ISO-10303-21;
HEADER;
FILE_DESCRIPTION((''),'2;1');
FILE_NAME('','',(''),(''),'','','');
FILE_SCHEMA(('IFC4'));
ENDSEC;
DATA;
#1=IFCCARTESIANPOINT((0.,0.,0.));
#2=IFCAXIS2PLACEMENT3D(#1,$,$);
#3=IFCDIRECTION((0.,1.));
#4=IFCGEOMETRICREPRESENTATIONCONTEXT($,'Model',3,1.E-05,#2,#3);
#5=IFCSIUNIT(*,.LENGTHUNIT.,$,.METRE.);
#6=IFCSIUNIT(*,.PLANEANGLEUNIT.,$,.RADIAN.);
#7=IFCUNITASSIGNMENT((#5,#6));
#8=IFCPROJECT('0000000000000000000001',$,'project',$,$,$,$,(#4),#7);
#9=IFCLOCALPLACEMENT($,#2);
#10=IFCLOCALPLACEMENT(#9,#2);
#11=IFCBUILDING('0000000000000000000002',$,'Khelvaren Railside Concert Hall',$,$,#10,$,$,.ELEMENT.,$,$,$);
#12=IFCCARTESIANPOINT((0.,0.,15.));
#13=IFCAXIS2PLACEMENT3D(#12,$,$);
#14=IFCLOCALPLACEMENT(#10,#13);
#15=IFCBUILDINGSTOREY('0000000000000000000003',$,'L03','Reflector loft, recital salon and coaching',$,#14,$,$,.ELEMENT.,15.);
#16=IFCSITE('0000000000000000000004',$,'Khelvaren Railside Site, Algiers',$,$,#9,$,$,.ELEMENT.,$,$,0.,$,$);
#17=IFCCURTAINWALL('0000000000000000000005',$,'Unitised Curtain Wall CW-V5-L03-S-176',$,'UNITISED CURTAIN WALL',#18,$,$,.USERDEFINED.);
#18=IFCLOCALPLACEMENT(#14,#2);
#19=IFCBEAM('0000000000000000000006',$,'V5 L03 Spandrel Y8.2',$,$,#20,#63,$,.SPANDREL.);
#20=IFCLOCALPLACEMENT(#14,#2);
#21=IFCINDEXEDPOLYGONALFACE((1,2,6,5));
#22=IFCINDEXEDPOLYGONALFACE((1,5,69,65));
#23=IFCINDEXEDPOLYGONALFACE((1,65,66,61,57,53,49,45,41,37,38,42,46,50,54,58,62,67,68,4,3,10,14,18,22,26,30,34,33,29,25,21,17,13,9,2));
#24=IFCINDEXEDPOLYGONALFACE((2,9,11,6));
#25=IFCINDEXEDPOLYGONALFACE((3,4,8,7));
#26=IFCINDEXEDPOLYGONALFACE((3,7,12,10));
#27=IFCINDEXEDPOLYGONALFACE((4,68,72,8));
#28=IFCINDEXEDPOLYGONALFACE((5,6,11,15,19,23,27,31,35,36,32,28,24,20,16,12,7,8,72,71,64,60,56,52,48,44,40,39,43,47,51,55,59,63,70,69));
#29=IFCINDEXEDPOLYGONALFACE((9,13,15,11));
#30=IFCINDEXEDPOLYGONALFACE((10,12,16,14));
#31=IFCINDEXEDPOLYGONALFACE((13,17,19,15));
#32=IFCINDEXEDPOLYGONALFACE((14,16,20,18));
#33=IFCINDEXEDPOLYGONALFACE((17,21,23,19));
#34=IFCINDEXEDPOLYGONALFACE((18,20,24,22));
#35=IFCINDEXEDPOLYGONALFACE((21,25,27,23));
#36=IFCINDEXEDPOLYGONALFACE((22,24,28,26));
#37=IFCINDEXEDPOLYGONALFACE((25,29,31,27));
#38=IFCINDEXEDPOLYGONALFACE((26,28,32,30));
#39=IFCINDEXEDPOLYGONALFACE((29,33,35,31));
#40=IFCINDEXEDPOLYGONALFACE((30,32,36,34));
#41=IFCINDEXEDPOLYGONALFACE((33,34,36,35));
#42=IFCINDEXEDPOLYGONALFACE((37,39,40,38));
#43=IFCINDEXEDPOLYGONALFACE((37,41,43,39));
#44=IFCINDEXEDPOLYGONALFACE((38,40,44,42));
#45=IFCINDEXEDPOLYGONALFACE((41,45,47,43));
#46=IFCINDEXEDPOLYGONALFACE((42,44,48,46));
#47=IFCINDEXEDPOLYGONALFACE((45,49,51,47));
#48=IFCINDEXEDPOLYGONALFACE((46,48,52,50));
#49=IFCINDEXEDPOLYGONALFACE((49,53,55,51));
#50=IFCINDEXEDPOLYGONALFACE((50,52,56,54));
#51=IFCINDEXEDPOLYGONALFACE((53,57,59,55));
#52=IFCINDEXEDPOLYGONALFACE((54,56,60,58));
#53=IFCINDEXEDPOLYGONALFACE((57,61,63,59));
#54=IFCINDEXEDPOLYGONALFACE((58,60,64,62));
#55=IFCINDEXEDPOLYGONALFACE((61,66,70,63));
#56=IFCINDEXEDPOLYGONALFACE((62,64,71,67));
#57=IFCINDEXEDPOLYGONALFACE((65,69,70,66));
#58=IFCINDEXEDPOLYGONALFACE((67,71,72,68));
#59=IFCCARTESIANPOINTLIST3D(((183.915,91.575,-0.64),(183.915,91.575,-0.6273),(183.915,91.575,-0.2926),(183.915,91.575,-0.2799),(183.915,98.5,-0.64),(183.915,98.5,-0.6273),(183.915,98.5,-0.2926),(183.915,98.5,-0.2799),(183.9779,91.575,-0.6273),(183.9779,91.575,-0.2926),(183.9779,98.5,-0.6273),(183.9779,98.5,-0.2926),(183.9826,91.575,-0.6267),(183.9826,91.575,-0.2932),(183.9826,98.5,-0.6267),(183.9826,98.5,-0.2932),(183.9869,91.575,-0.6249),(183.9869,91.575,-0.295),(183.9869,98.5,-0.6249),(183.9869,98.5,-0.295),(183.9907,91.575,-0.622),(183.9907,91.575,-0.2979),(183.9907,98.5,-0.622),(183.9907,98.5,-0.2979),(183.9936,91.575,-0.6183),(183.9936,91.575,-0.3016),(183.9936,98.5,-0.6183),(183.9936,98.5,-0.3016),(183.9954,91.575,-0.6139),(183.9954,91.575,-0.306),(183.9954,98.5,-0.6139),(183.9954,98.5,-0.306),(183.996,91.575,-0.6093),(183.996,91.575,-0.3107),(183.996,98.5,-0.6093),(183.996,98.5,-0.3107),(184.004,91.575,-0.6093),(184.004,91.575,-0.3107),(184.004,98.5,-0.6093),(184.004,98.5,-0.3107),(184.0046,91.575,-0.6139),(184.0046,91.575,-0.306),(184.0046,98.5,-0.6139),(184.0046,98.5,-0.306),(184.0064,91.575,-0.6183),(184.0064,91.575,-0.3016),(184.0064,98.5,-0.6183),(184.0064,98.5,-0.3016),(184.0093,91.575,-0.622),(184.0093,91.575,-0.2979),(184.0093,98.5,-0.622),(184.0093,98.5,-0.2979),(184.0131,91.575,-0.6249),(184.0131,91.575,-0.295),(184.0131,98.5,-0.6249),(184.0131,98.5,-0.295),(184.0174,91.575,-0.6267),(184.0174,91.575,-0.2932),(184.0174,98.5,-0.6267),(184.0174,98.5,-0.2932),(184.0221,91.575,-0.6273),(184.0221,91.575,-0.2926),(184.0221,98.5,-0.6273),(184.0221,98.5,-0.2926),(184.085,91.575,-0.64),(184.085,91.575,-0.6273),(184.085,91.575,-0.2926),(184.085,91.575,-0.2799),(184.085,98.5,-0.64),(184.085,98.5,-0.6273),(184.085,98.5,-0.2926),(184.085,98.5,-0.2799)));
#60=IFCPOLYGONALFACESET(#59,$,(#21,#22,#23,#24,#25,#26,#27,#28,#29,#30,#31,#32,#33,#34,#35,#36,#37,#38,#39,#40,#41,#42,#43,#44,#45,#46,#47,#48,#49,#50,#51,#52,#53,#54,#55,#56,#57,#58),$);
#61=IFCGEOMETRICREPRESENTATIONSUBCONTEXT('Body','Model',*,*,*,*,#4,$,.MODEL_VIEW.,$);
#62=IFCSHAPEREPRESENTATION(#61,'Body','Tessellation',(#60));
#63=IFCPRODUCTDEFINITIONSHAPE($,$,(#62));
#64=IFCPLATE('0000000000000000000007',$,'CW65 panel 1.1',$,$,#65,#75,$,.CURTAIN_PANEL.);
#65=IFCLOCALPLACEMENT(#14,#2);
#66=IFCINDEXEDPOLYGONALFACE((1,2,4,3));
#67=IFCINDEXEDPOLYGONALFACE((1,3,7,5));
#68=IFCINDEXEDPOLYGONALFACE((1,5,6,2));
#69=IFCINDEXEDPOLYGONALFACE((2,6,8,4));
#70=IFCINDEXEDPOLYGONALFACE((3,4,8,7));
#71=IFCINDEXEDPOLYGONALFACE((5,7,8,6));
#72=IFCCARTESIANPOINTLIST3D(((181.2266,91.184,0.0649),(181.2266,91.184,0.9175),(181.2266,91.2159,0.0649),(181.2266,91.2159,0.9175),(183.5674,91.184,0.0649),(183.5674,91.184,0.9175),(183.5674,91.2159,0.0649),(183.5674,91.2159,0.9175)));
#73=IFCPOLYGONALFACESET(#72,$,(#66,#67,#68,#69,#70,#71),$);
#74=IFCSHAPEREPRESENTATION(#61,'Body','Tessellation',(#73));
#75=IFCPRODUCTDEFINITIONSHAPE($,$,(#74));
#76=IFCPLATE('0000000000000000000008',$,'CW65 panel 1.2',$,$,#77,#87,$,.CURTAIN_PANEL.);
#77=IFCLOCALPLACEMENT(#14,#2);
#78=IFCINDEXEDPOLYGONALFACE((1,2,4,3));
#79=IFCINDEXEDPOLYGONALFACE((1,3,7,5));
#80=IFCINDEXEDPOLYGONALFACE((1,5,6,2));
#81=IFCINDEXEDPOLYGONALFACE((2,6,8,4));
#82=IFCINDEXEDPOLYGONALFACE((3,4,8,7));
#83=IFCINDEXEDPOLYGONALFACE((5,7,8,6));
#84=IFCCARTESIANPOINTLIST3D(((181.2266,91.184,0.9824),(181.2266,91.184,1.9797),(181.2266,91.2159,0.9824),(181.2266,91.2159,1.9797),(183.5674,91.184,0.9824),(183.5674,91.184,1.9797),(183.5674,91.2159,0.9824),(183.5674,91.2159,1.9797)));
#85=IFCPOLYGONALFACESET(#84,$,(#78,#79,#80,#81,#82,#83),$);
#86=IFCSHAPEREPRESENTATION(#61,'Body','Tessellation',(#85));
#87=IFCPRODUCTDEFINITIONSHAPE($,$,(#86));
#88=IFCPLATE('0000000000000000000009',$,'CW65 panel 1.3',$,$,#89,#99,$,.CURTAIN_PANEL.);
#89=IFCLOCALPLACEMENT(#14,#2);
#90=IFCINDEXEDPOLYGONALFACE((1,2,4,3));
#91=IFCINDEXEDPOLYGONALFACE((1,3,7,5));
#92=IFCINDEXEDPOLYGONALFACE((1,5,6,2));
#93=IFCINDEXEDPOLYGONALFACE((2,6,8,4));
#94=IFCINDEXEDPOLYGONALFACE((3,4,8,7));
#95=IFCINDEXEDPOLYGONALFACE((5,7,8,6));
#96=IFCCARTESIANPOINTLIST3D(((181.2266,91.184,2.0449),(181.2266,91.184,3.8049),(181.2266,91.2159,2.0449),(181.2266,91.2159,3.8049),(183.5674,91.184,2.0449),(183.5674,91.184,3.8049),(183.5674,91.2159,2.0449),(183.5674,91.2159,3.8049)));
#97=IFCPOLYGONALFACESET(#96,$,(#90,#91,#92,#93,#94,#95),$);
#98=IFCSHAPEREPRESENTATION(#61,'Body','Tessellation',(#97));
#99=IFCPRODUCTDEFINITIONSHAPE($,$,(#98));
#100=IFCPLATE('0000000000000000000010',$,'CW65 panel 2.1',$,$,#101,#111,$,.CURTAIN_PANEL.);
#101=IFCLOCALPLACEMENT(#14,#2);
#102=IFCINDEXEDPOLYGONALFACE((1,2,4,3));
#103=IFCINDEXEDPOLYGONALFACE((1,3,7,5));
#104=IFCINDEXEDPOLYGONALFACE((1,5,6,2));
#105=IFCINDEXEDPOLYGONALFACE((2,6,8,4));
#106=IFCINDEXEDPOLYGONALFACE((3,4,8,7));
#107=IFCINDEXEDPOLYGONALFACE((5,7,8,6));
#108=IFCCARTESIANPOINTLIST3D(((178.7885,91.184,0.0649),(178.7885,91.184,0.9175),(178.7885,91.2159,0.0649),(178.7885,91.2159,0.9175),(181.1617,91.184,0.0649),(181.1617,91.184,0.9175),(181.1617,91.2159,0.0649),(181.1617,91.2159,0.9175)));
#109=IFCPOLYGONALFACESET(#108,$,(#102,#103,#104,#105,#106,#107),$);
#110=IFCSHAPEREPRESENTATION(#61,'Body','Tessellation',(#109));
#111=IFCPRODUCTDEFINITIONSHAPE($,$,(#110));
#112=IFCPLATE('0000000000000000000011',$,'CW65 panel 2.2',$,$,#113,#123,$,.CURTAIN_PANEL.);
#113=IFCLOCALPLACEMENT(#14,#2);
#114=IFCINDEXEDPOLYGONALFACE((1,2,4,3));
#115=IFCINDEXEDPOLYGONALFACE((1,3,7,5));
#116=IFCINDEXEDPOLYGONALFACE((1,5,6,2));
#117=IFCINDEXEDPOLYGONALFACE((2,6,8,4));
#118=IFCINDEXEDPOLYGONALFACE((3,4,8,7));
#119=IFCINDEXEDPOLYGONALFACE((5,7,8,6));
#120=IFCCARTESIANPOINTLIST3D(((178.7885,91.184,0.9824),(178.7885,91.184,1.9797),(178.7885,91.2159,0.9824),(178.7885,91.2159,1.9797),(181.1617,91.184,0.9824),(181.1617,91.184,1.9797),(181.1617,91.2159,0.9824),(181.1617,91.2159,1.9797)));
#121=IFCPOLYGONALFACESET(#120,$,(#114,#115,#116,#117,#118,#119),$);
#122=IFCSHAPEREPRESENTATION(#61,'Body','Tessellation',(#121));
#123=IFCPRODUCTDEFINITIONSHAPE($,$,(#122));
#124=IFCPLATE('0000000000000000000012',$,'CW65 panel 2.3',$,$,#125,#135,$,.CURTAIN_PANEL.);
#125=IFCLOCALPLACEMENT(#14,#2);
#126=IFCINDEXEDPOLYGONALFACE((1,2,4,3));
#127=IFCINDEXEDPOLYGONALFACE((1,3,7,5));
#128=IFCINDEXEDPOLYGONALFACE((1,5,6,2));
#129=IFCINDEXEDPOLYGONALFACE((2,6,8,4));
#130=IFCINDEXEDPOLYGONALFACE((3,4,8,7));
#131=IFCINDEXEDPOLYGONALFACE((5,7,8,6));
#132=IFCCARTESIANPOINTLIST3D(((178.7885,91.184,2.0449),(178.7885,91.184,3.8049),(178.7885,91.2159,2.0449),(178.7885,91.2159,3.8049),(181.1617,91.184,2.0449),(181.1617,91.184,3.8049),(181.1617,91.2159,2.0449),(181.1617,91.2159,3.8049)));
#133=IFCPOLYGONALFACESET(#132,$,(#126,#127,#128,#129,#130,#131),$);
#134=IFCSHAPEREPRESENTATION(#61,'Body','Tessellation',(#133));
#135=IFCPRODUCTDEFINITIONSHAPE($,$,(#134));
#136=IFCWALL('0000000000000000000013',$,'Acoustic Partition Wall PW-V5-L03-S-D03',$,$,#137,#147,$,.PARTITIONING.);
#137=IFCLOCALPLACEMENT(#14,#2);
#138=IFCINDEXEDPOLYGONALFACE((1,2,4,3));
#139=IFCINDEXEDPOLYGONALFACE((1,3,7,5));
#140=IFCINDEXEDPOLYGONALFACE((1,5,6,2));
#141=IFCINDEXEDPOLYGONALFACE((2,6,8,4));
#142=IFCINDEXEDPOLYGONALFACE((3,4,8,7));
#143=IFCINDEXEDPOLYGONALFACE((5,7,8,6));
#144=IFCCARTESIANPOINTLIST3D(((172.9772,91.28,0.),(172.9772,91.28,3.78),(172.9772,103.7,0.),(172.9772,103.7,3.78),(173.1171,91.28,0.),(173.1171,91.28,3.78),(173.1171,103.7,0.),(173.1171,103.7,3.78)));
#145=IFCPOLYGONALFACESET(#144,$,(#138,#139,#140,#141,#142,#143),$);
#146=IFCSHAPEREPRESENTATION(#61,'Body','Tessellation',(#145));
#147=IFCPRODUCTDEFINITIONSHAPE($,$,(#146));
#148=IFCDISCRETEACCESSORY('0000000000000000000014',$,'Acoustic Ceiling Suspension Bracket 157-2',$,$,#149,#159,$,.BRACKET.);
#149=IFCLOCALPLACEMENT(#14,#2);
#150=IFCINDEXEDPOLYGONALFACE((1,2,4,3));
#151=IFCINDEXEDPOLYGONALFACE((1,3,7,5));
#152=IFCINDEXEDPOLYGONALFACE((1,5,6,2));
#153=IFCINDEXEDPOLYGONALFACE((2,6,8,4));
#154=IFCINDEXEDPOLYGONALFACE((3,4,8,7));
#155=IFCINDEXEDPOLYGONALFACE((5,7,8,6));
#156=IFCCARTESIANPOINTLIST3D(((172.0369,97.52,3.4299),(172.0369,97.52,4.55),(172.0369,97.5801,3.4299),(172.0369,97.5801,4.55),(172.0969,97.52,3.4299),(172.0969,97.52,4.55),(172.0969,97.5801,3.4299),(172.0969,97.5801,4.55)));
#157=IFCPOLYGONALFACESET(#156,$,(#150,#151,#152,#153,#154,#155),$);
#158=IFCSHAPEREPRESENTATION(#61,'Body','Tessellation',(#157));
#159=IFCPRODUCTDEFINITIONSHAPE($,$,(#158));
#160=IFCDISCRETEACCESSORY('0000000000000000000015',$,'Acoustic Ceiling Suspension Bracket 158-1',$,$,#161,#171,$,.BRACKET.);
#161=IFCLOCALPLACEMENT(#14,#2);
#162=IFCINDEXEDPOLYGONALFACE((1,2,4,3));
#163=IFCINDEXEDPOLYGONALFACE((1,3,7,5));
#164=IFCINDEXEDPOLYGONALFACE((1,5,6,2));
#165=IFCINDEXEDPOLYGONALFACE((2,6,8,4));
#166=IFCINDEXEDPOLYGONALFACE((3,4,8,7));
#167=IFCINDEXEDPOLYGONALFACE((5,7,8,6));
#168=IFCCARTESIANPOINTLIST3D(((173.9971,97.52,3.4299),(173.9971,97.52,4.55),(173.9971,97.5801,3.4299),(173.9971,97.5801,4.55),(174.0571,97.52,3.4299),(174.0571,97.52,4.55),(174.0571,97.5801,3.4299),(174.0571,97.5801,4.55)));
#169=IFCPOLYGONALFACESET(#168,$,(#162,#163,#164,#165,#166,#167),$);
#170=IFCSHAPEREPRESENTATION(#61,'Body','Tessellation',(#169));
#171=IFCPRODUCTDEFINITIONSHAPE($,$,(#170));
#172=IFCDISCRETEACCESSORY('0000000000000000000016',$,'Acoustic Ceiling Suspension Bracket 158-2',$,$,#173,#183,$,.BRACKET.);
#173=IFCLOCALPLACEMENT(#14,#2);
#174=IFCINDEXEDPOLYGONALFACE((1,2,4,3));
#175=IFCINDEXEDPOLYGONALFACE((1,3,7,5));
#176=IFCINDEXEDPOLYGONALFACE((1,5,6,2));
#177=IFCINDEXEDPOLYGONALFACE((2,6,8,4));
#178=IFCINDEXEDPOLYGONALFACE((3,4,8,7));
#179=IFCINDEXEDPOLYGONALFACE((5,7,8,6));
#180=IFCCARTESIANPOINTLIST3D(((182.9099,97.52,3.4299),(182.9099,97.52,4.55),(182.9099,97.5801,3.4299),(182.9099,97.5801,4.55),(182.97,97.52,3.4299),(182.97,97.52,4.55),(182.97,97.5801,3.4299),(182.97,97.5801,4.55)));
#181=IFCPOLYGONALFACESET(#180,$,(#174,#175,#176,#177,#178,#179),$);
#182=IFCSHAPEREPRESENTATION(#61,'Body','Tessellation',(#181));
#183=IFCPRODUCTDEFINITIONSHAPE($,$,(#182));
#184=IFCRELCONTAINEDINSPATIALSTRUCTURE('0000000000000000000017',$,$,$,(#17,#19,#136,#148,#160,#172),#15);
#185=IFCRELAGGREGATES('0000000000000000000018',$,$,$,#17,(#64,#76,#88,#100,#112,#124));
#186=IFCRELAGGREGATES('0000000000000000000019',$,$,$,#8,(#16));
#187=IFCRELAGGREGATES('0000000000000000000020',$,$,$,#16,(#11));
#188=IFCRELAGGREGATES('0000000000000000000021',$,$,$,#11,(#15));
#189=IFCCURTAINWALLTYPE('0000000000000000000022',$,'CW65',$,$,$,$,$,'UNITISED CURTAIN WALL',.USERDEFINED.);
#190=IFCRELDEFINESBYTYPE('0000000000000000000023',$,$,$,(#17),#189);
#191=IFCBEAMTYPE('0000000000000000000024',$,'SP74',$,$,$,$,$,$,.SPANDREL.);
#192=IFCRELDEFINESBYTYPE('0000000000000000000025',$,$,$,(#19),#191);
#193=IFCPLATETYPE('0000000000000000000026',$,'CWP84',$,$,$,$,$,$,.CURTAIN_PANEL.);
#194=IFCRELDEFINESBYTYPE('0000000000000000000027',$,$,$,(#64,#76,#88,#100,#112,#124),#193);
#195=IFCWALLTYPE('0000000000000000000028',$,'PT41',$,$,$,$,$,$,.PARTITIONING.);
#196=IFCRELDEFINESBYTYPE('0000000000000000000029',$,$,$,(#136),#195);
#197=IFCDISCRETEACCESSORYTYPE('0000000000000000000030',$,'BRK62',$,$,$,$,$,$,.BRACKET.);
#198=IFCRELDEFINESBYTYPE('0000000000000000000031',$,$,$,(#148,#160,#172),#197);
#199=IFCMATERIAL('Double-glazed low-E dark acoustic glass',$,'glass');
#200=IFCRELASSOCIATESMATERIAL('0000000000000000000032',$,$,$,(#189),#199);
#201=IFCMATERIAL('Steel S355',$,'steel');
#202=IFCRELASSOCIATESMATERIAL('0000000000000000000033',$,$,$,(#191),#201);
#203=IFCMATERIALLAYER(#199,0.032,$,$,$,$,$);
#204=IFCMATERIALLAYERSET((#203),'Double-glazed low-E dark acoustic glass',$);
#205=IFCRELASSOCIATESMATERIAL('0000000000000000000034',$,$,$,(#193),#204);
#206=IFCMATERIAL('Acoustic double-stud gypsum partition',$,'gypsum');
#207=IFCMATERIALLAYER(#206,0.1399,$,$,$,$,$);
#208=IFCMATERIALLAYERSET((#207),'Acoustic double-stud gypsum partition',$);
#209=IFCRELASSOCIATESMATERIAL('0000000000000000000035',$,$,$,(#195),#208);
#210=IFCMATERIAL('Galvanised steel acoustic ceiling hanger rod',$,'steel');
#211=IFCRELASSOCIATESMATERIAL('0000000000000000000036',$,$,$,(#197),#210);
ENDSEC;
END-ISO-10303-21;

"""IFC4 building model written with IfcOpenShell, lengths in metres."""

from ifc_helpers import new_model, si_unit, direction, frame, frame_2d, origin, origin_2d, place, context, subcontext, project, spatial, rectangle, i_section, extrude, material, layer, layer_set, material_profile, profile_set, type_object, element, aggregate, save


model = new_model("IFC4")

# Units and contexts
model_context = context("Model", 3, precision=1e-05, world=origin(), true_north=direction((0.0, 1.0)))
body_context = subcontext(model_context, "Body", "Model", "MODEL_VIEW")
ifc_project = project(units=[si_unit("LENGTHUNIT", "METRE"), si_unit("PLANEANGLEUNIT", "RADIAN")], contexts=[model_context])

# Site, building, storey
site_placement = place(None, origin())
site = spatial("IfcSite", under=ifc_project, at=site_placement, Name="Khelvaren Railside Site, Algiers", CompositionType="ELEMENT", RefElevation=0.0)
building_placement = place(site_placement, origin())
building = spatial("IfcBuilding", under=site, at=building_placement, Name="Khelvaren Railside Concert Hall", CompositionType="ELEMENT")
storey_placement = place(building_placement, frame((0.0, 0.0, 15.0)))
storey = spatial("IfcBuildingStorey", under=building, at=storey_placement, Name="L03", Description="Reflector loft, recital salon and coaching", CompositionType="ELEMENT", Elevation=15.0)

# Shared definitions
ifc_material_1 = material(Name="Steel S355", Category="steel")

# Curtain wall
ifc_material_2 = material(Name="Double-glazed low-E dark acoustic glass", Category="glass")
curtain_wall_type_1 = type_object("IfcCurtainWallType", Name="CW65", ElementType="UNITISED CURTAIN WALL", PredefinedType="USERDEFINED", material=ifc_material_2)
curtain_wall_1_placement = place(storey_placement, origin())
curtain_wall_1 = element("IfcCurtainWall", 1, at=curtain_wall_1_placement, inside=storey, type_object=curtain_wall_type_1, Name="Unitised Curtain Wall CW-V5-L03-S-176", ObjectType="UNITISED CURTAIN WALL", PredefinedType="USERDEFINED")

# Beam
ifc_material_profile_1 = material_profile(ifc_material_1, i_section(OverallWidth=0.1699, OverallDepth=0.3601, WebThickness=0.0081, FlangeThickness=0.0127, FilletRadius=0.0181, at=origin_2d()), Name="IPE 360")
ifc_profile_set_1 = profile_set([ifc_material_profile_1], Name="Steel S355")
beam_type_1 = type_object("IfcBeamType", Name="SP74", PredefinedType="SPANDREL", material=ifc_profile_set_1)
beam_1_placement = place(storey_placement, frame((184.0, 91.575, -0.46), z_axis=(0.0, 1.0, 0.0), x_axis=(-1.0, 0.0, 0.0)))
element("IfcBeam", 2, at=beam_1_placement, inside=storey, type_object=beam_type_1, Name="V5 L03 Spandrel Y8.2", PredefinedType="SPANDREL", context=body_context, shape_type="SweptSolid", body=[
    extrude(i_section(OverallWidth=0.1699, OverallDepth=0.3601, WebThickness=0.0081, FlangeThickness=0.0127, FilletRadius=0.0181, at=origin_2d()), origin(), (0.0, 0.0, 1.0), 6.925),
])

# Plates
ifc_layer_1 = layer(ifc_material_2, 0.032)
ifc_layer_set_1 = layer_set([ifc_layer_1], Name="Double-glazed low-E dark acoustic glass")
plate_type = type_object("IfcPlateType", Name="CWP84", PredefinedType="CURTAIN_PANEL", material=ifc_layer_set_1)
plate_1_placement = place(storey_placement, frame((182.397, 91.2, 0.0649), z_axis=(0.0, 0.0, 1.0), x_axis=(-1.0, 0.0, 0.0)))
plate_1 = element("IfcPlate", 3, at=plate_1_placement, type_object=plate_type, Name="CW65 panel 1.1", PredefinedType="CURTAIN_PANEL", context=body_context, shape_type="SweptSolid", body=[
    extrude(rectangle(XDim=2.3408, YDim=0.032, at=origin_2d()), origin(), (0.0, 0.0, 1.0), 0.8525),
])
plate_2_placement = place(storey_placement, frame((182.397, 91.2, 0.9824), z_axis=(0.0, 0.0, 1.0), x_axis=(-1.0, 0.0, 0.0)))
plate_2 = element("IfcPlate", 4, at=plate_2_placement, type_object=plate_type, Name="CW65 panel 1.2", PredefinedType="CURTAIN_PANEL", context=body_context, shape_type="SweptSolid", body=[
    extrude(rectangle(XDim=2.3408, YDim=0.032, at=origin_2d()), origin(), (0.0, 0.0, 1.0), 0.9973),
])
plate_3_placement = place(storey_placement, frame((182.397, 91.2, 2.0449), z_axis=(0.0, 0.0, 1.0), x_axis=(-1.0, 0.0, 0.0)))
plate_3 = element("IfcPlate", 5, at=plate_3_placement, type_object=plate_type, Name="CW65 panel 1.3", PredefinedType="CURTAIN_PANEL", context=body_context, shape_type="SweptSolid", body=[
    extrude(rectangle(XDim=2.3408, YDim=0.032, at=origin_2d()), origin(), (0.0, 0.0, 1.0), 1.76),
])
plate_4_placement = place(storey_placement, frame((179.9751, 91.2, 0.0649), z_axis=(0.0, 0.0, 1.0), x_axis=(-1.0, 0.0, 0.0)))
plate_4 = element("IfcPlate", 6, at=plate_4_placement, type_object=plate_type, Name="CW65 panel 2.1", PredefinedType="CURTAIN_PANEL", context=body_context, shape_type="SweptSolid", body=[
    extrude(rectangle(XDim=2.3733, YDim=0.032, at=origin_2d()), origin(), (0.0, 0.0, 1.0), 0.8525),
])
plate_5_placement = place(storey_placement, frame((179.9751, 91.2, 0.9824), z_axis=(0.0, 0.0, 1.0), x_axis=(-1.0, 0.0, 0.0)))
plate_5 = element("IfcPlate", 7, at=plate_5_placement, type_object=plate_type, Name="CW65 panel 2.2", PredefinedType="CURTAIN_PANEL", context=body_context, shape_type="SweptSolid", body=[
    extrude(rectangle(XDim=2.3733, YDim=0.032, at=origin_2d()), origin(), (0.0, 0.0, 1.0), 0.9973),
])
plate_6_placement = place(storey_placement, frame((179.9751, 91.2, 2.0449), z_axis=(0.0, 0.0, 1.0), x_axis=(-1.0, 0.0, 0.0)))
plate_6 = element("IfcPlate", 8, at=plate_6_placement, type_object=plate_type, Name="CW65 panel 2.3", PredefinedType="CURTAIN_PANEL", context=body_context, shape_type="SweptSolid", body=[
    extrude(rectangle(XDim=2.3733, YDim=0.032, at=origin_2d()), origin(), (0.0, 0.0, 1.0), 1.76),
])
aggregate(curtain_wall_1, [plate_1, plate_2, plate_3, plate_4, plate_5, plate_6])

# Wall
ifc_material_3 = material(Name="Acoustic double-stud gypsum partition", Category="gypsum")
ifc_layer_2 = layer(ifc_material_3, 0.1399)
ifc_layer_set_2 = layer_set([ifc_layer_2], Name="Acoustic double-stud gypsum partition")
wall_type = type_object("IfcWallType", Name="PT41", PredefinedType="PARTITIONING", material=ifc_layer_set_2)
wall_placement = place(storey_placement, frame((173.0471, 91.28, 0.0), z_axis=(0.0, 0.0, 1.0), x_axis=(0.0, 1.0, 0.0)))
element("IfcWall", 9, at=wall_placement, inside=storey, type_object=wall_type, Name="Acoustic Partition Wall PW-V5-L03-S-D03", PredefinedType="PARTITIONING", context=body_context, shape_type="SweptSolid", body=[
    extrude(rectangle(XDim=12.4199, YDim=0.1399, at=frame_2d((6.21, 0.0))), origin(), (0.0, 0.0, 1.0), 3.78),
])

# Discrete accessories
ifc_material_4 = material(Name="Galvanised steel acoustic ceiling hanger rod", Category="steel")
discrete_accessory_type = type_object("IfcDiscreteAccessoryType", Name="BRK62", PredefinedType="BRACKET", material=ifc_material_4)
for number, where, z_axis, x_axis, name in (
    (10, (172.0669, 97.55, 3.4299), (0.0, 0.0, 1.0), (1.0, 0.0, 0.0), "Acoustic Ceiling Suspension Bracket 157-2"),
    (11, (174.0271, 97.55, 3.4299), (0.0, 0.0, 1.0), (1.0, 0.0, 0.0), "Acoustic Ceiling Suspension Bracket 158-1"),
    (12, (182.9399, 97.55, 3.4299), (0.0, 0.0, 1.0), (1.0, 0.0, 0.0), "Acoustic Ceiling Suspension Bracket 158-2"),
):
    element("IfcDiscreteAccessory", number, at=place(storey_placement, frame(where, z_axis=z_axis, x_axis=x_axis)), inside=storey, type_object=discrete_accessory_type, Name=name, PredefinedType="BRACKET", context=body_context, shape_type="SweptSolid", body=[
        extrude(rectangle(XDim=0.0601, YDim=0.0601, at=origin_2d()), origin(), (0.0, 0.0, 1.0), 1.1201),
    ])

save(model, "model.ifc")
